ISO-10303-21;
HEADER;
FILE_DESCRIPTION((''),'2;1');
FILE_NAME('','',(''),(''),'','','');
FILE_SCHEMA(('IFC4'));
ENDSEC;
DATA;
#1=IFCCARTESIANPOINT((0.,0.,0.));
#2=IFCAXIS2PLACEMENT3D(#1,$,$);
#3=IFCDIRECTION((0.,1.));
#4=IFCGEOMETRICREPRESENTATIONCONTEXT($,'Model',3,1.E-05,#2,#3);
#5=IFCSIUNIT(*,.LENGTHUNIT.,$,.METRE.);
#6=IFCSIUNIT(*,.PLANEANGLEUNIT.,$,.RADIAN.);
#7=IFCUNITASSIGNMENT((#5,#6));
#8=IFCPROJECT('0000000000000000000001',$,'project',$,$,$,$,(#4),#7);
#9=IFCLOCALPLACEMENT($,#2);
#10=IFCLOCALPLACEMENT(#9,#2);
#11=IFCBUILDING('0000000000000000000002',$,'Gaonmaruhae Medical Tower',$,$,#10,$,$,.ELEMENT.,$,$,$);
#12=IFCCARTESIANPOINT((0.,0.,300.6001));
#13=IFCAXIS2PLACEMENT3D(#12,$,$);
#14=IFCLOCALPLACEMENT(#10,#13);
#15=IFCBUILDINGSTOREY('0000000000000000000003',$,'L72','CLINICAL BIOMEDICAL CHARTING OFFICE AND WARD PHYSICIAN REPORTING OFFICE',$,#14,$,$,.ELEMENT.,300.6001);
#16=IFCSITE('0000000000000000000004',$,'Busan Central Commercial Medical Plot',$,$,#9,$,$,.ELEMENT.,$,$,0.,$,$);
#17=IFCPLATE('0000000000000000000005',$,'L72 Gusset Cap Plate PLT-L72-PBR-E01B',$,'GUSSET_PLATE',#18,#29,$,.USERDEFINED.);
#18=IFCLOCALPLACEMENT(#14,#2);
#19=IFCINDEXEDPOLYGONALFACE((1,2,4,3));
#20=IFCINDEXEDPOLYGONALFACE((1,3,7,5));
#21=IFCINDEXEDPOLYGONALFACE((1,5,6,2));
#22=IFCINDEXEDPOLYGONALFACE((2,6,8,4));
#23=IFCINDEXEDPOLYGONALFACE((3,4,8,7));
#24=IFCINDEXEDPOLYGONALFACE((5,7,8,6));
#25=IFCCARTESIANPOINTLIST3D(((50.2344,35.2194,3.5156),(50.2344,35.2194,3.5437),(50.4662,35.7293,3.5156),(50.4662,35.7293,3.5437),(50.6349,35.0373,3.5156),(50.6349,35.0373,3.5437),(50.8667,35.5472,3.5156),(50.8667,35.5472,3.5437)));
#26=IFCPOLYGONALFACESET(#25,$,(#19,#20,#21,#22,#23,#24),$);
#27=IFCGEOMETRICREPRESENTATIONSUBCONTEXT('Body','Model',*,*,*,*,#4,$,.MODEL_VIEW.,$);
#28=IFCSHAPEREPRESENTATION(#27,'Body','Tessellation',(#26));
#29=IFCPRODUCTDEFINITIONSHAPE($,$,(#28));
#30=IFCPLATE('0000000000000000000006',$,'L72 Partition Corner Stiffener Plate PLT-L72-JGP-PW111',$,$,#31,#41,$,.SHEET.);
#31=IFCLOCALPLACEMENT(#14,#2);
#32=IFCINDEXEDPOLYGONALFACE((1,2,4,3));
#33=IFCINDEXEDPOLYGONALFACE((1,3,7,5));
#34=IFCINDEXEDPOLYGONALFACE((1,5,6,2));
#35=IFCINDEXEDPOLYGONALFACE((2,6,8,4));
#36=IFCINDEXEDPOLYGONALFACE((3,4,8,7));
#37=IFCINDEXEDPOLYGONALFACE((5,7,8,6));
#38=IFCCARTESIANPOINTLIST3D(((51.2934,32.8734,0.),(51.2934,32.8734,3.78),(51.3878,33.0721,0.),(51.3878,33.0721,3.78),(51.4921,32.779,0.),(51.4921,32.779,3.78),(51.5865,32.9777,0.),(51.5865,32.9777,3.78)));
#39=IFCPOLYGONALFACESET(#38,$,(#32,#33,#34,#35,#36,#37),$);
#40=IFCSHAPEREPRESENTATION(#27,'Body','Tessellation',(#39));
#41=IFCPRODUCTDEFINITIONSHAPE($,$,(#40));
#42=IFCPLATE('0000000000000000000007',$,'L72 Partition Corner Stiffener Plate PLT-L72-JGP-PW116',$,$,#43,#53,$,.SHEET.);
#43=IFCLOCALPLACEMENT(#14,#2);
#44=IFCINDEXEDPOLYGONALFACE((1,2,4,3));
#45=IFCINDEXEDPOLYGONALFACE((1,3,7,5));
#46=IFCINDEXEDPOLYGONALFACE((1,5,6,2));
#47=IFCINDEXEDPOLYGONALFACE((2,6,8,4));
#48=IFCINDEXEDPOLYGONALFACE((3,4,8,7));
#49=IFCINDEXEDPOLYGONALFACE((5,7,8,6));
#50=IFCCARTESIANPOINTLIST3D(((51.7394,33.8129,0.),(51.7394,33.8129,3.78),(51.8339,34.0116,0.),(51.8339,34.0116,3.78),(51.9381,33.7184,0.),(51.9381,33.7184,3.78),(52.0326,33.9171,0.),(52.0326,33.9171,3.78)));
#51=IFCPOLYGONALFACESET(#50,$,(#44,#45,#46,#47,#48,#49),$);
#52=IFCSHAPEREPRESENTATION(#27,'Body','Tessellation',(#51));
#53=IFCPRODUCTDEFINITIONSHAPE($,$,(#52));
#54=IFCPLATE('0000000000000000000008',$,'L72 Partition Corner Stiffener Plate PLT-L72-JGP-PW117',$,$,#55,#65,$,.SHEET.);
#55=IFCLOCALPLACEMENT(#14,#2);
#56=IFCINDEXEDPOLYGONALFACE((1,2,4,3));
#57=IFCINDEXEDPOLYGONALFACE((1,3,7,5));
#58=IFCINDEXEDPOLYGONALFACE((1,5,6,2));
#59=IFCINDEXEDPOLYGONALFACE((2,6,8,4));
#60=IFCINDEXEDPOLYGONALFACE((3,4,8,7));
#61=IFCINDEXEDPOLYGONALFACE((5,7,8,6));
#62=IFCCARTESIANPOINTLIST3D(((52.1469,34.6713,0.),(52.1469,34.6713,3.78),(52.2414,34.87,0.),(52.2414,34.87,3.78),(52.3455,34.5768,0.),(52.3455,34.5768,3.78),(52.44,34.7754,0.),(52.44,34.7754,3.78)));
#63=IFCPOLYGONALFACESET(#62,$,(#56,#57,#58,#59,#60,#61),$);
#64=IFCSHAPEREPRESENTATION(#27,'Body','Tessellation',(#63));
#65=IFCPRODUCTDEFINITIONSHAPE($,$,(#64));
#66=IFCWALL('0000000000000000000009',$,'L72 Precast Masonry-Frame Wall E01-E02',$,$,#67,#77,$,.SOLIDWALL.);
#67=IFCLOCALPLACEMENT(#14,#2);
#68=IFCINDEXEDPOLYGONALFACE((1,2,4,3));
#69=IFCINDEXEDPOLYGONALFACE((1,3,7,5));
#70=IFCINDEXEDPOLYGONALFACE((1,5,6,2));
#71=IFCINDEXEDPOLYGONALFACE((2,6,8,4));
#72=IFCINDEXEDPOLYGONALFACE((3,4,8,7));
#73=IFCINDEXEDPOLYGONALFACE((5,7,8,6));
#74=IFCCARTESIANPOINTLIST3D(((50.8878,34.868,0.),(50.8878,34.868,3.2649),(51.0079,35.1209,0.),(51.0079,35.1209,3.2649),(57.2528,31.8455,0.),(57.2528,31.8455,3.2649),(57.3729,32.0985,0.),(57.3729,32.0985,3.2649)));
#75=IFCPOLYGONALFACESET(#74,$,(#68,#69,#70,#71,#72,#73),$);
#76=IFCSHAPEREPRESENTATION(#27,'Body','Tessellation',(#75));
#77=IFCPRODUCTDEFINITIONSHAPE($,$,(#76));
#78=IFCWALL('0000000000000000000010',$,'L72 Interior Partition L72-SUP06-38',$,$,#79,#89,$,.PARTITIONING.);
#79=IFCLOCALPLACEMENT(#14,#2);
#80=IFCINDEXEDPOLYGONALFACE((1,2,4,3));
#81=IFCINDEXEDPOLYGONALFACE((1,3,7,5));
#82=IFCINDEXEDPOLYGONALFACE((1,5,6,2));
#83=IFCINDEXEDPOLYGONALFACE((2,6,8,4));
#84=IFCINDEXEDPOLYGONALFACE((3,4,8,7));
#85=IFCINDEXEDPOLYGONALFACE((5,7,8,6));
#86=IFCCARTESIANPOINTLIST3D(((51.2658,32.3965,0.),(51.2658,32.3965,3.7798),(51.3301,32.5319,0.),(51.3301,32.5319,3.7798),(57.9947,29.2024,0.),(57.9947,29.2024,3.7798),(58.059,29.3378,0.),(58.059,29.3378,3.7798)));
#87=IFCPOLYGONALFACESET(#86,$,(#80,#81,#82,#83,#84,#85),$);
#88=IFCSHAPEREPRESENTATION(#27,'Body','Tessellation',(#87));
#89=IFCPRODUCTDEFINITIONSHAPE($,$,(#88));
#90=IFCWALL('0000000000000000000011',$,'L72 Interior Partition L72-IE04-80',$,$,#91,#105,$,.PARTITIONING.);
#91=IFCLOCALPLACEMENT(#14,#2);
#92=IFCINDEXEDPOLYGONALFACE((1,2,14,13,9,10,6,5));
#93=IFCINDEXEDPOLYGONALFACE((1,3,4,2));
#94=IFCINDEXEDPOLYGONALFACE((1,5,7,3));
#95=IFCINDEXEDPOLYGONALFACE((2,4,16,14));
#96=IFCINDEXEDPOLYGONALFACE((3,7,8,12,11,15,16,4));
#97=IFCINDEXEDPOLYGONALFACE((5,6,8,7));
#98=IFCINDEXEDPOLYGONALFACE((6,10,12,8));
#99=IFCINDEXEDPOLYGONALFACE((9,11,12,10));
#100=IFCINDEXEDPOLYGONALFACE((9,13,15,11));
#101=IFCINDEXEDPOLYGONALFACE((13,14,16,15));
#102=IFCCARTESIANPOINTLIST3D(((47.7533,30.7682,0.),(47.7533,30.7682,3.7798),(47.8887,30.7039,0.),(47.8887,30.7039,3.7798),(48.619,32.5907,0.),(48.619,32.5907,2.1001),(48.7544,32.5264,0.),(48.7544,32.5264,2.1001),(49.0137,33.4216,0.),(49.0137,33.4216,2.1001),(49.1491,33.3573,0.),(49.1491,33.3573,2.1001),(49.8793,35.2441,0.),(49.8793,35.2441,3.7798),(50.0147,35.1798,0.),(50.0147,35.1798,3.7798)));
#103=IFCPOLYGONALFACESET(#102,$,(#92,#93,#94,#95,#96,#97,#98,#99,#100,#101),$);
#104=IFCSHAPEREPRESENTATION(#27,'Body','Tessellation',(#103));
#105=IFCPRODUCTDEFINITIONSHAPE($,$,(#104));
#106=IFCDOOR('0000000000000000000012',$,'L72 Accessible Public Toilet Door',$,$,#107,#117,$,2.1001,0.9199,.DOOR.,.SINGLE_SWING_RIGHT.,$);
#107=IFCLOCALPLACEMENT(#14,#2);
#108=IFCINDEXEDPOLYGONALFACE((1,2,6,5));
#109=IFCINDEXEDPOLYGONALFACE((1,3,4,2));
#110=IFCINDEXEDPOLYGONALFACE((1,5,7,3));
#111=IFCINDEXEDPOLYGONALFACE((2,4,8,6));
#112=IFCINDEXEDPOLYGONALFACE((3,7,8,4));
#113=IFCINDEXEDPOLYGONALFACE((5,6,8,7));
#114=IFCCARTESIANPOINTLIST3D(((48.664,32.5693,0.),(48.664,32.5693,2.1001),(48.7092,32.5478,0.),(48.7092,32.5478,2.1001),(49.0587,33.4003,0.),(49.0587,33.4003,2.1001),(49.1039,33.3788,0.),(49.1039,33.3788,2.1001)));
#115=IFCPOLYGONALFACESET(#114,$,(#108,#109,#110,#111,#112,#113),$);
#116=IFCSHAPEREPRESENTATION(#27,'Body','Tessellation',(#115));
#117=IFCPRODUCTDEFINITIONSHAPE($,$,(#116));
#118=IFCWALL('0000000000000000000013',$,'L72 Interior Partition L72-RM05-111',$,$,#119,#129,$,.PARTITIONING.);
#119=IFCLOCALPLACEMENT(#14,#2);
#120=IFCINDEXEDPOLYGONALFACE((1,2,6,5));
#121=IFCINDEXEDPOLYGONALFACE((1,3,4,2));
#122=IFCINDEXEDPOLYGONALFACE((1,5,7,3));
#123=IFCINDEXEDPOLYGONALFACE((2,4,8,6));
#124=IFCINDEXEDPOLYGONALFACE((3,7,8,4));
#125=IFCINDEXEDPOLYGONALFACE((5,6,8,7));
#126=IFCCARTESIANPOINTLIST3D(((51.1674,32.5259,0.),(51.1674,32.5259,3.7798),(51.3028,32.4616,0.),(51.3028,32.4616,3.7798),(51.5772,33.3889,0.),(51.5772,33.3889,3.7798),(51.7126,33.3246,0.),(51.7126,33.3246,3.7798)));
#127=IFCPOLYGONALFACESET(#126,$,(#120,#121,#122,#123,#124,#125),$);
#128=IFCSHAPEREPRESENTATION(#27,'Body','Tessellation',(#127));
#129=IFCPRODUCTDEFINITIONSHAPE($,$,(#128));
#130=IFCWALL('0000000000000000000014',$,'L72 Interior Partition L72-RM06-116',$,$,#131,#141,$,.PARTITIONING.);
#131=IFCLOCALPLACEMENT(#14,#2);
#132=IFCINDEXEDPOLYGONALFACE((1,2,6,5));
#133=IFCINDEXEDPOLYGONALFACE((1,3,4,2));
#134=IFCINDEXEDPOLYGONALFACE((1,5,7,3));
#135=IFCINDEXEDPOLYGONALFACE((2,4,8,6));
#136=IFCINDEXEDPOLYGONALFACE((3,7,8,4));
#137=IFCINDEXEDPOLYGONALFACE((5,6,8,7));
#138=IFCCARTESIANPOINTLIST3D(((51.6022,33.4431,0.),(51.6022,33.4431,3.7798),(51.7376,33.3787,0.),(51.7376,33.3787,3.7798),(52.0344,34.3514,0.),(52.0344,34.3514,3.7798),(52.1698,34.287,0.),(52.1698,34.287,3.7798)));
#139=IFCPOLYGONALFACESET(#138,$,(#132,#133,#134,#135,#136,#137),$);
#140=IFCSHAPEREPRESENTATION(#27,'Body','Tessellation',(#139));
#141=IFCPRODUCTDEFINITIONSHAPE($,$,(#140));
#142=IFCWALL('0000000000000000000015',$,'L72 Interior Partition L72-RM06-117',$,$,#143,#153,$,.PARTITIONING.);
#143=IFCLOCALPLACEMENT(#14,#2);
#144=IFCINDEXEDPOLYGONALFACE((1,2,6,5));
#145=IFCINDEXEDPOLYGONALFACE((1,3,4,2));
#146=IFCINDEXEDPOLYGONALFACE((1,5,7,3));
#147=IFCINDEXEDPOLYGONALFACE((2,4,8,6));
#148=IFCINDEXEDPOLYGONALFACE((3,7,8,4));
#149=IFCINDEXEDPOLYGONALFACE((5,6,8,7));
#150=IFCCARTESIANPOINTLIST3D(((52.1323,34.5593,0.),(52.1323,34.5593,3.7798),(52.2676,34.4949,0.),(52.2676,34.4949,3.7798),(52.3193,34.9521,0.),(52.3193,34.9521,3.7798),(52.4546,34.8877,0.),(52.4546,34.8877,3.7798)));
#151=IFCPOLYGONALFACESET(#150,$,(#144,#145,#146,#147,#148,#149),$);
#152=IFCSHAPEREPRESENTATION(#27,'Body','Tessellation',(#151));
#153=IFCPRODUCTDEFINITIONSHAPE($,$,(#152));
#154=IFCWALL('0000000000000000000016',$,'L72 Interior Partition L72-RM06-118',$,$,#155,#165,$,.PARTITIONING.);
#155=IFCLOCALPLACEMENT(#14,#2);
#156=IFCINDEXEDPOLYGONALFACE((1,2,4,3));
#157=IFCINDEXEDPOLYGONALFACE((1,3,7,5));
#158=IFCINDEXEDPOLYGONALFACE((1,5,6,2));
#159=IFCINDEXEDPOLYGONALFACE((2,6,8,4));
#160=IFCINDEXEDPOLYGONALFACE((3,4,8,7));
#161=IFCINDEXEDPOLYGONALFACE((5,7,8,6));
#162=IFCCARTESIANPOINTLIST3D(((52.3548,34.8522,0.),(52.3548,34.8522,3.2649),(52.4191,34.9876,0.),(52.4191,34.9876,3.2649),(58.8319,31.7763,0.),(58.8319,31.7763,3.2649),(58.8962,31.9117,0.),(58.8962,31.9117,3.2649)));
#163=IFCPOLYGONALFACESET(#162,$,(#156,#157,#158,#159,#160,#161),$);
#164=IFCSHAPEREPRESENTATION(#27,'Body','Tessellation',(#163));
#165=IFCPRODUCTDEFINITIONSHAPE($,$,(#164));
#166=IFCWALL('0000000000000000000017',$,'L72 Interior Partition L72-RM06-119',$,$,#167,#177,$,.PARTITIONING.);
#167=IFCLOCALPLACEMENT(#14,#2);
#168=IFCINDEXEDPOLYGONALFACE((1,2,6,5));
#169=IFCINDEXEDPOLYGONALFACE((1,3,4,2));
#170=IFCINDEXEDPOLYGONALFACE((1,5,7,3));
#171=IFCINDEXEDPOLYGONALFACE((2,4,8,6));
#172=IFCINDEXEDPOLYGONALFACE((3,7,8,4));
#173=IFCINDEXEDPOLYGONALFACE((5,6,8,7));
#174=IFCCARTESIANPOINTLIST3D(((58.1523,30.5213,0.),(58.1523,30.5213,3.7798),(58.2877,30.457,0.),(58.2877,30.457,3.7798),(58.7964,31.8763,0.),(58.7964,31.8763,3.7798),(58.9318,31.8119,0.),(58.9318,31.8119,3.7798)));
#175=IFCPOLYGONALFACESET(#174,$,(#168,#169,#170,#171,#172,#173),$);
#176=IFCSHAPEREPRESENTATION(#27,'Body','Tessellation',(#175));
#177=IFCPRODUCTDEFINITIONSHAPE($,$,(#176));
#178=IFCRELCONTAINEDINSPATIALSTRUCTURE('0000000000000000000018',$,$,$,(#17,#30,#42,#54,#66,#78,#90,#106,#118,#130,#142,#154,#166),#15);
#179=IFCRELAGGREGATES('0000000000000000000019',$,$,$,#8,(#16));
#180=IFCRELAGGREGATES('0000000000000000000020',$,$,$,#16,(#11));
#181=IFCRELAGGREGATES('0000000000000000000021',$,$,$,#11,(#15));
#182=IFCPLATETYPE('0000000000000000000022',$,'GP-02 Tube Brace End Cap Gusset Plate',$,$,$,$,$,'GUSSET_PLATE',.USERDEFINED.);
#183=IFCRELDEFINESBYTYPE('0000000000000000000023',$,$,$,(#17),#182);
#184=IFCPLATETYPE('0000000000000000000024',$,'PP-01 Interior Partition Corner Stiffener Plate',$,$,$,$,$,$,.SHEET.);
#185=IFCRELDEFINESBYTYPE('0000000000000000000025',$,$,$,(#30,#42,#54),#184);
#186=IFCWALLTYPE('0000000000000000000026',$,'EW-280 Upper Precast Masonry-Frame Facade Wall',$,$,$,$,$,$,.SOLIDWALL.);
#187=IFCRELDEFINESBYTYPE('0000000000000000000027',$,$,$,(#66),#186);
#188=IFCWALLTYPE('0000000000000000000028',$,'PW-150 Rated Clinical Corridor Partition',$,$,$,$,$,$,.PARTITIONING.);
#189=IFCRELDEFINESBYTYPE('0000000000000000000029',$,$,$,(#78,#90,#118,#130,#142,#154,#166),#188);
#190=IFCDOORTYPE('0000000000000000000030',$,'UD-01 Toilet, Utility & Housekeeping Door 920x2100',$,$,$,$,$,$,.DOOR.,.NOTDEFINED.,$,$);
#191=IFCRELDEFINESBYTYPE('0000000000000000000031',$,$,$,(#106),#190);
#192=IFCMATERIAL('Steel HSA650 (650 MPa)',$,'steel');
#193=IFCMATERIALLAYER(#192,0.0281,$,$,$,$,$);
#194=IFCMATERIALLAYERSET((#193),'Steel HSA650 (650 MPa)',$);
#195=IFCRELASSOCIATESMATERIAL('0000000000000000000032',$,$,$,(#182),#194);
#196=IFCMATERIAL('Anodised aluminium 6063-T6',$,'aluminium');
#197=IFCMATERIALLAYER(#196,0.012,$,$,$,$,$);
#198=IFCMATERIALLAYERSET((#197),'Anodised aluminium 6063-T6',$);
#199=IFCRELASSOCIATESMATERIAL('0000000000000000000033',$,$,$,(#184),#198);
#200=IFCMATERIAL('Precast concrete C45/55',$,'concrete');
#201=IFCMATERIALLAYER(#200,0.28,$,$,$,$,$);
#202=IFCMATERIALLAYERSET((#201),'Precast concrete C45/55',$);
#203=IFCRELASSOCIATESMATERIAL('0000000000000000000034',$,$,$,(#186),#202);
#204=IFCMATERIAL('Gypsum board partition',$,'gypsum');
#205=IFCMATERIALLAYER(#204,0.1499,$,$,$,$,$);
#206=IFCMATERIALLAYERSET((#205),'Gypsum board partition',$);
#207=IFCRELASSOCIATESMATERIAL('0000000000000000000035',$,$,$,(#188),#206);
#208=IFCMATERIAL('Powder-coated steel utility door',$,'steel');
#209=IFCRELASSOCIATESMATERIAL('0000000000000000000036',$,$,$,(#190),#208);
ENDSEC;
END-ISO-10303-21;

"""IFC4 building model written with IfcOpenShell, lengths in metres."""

from ifc_helpers import new_model, si_unit, direction, frame, frame_2d, origin, origin_2d, place, context, subcontext, project, spatial, rectangle, extrude, material, layer, layer_set, type_object, element, fill, save


model = new_model("IFC4")

# Units and contexts
model_context = context("Model", 3, precision=1e-05, world=origin(), true_north=direction((0.0, 1.0)))
body_context = subcontext(model_context, "Body", "Model", "MODEL_VIEW")
ifc_project = project(units=[si_unit("LENGTHUNIT", "METRE"), si_unit("PLANEANGLEUNIT", "RADIAN")], contexts=[model_context])

# Site, building, storey
site_placement = place(None, origin())
site = spatial("IfcSite", under=ifc_project, at=site_placement, Name="Busan Central Commercial Medical Plot", CompositionType="ELEMENT", RefElevation=0.0)
building_placement = place(site_placement, origin())
building = spatial("IfcBuilding", under=site, at=building_placement, Name="Gaonmaruhae Medical Tower", CompositionType="ELEMENT")
storey_placement = place(building_placement, frame((0.0, 0.0, 300.6001)))
storey = spatial("IfcBuildingStorey", under=building, at=storey_placement, Name="L72", Description="CLINICAL BIOMEDICAL CHARTING OFFICE AND WARD PHYSICIAN REPORTING OFFICE", CompositionType="ELEMENT", Elevation=300.6001)

# Plates
ifc_material_1 = material(Name="Steel HSA650 (650 MPa)", Category="steel")
ifc_layer_1 = layer(ifc_material_1, 0.0281)
ifc_layer_set_1 = layer_set([ifc_layer_1], Name="Steel HSA650 (650 MPa)")
plate_type_1 = type_object("IfcPlateType", Name="GP-02 Tube Brace End Cap Gusset Plate", ElementType="GUSSET_PLATE", PredefinedType="USERDEFINED", material=ifc_layer_set_1)
for number, where, z_axis, x_axis, name in (
    (1, (50.5505, 35.3833, 3.5156), (0.0, 0.0, 1.0), (0.413899, 0.910323, 0.0), "L72 Gusset Cap Plate PLT-L72-PBR-E01B"),
):
    element("IfcPlate", number, at=place(storey_placement, frame(where, z_axis=z_axis, x_axis=x_axis)), inside=storey, type_object=plate_type_1, Name=name, ObjectType="GUSSET_PLATE", PredefinedType="USERDEFINED", context=body_context, shape_type="SweptSolid", body=[
        extrude(rectangle(XDim=0.5601, YDim=0.4399, at=origin_2d()), origin(), (0.0, 0.0, 1.0), 0.0281),
    ])
ifc_material_2 = material(Name="Anodised aluminium 6063-T6", Category="aluminium")
ifc_layer_2 = layer(ifc_material_2, 0.012)
ifc_layer_set_2 = layer_set([ifc_layer_2], Name="Anodised aluminium 6063-T6")
plate_type_2 = type_object("IfcPlateType", Name="PP-01 Interior Partition Corner Stiffener Plate", PredefinedType="SHEET", material=ifc_layer_set_2)
for number, where, z_axis, x_axis, name in (
    (2, (51.4399, 32.9255, 0.0), (0.0, 0.0, 1.0), (0.429124, 0.903245, 0.0), "L72 Partition Corner Stiffener Plate PLT-L72-JGP-PW111"),
    (3, (51.886, 33.865, 0.0), (0.0, 0.0, 1.0), (0.429629, 0.903006, 0.0), "L72 Partition Corner Stiffener Plate PLT-L72-JGP-PW116"),
    (4, (52.2935, 34.7234, 0.0), (0.0, 0.0, 1.0), (0.42966, 0.902991, 0.0), "L72 Partition Corner Stiffener Plate PLT-L72-JGP-PW117"),
):
    element("IfcPlate", number, at=place(storey_placement, frame(where, z_axis=z_axis, x_axis=x_axis)), inside=storey, type_object=plate_type_2, Name=name, PredefinedType="SHEET", context=body_context, shape_type="SweptSolid", body=[
        extrude(rectangle(XDim=0.22, YDim=0.22, at=origin_2d()), origin(), (0.0, 0.0, 1.0), 3.78),
    ])

# Walls
ifc_material_3 = material(Name="Precast concrete C45/55", Category="concrete")
ifc_layer_3 = layer(ifc_material_3, 0.28)
ifc_layer_set_3 = layer_set([ifc_layer_3], Name="Precast concrete C45/55")
wall_type_1 = type_object("IfcWallType", Name="EW-280 Upper Precast Masonry-Frame Facade Wall", PredefinedType="SOLIDWALL", material=ifc_layer_set_3)
wall_1_placement = place(storey_placement, frame((50.948, 34.9944, 0.0), z_axis=(0.0, 0.0, 1.0), x_axis=(0.903328, -0.428952, 0.0)))
element("IfcWall", 5, at=wall_1_placement, inside=storey, type_object=wall_type_1, Name="L72 Precast Masonry-Frame Wall E01-E02", PredefinedType="SOLIDWALL", context=body_context, shape_type="SweptSolid", body=[
    extrude(rectangle(XDim=7.0461, YDim=0.28, at=frame_2d((3.5229, 0.0))), origin(), (0.0, 0.0, 1.0), 3.2649),
])
ifc_material_4 = material(Name="Gypsum board partition", Category="gypsum")
ifc_layer_4 = layer(ifc_material_4, 0.1499)
ifc_layer_set_4 = layer_set([ifc_layer_4], Name="Gypsum board partition")
wall_type_2 = type_object("IfcWallType", Name="PW-150 Rated Clinical Corridor Partition", PredefinedType="PARTITIONING", material=ifc_layer_set_4)
wall_2_placement = place(storey_placement, frame((51.2981, 32.4641, 0.0), z_axis=(0.0, 0.0, 1.0), x_axis=(0.903391, -0.428817, 0.0)))
element("IfcWall", 6, at=wall_2_placement, inside=storey, type_object=wall_type_2, Name="L72 Interior Partition L72-SUP06-38", PredefinedType="PARTITIONING", context=body_context, shape_type="SweptSolid", body=[
    extrude(rectangle(XDim=7.4485, YDim=0.1499, at=frame_2d((3.7241, 0.0))), origin(), (0.0, 0.0, 1.0), 3.7798),
])

# Wall, opening, door
wall_3_placement = place(storey_placement, frame((49.947, 35.2119, 0.0), z_axis=(0.0, 0.0, 1.0), x_axis=(-0.42905, -0.903281, 0.0)))
wall_3 = element("IfcWall", 7, at=wall_3_placement, inside=storey, type_object=wall_type_2, Name="L72 Interior Partition L72-IE04-80", PredefinedType="PARTITIONING", context=body_context, shape_type="SweptSolid", body=[
    extrude(rectangle(XDim=4.9551, YDim=0.1499, at=frame_2d((2.4775, 0.0))), origin(), (0.0, 0.0, 1.0), 3.7798),
])
opening_placement = place(wall_3_placement, frame((2.0176, 0.0, 0.0)))
opening = element("IfcOpeningElement", 8, at=opening_placement, cuts=wall_3, PredefinedType="OPENING", context=body_context, shape_type="SweptSolid", body=[
    extrude(rectangle(XDim=0.9199, YDim=2.1001, at=frame_2d((0.46, 1.05))), frame((0.0, 0.085, 0.0), z_axis=(0.0, -1.0, 0.0), x_axis=(1.0, 0.0, 0.0)), (0.0, 0.0, 1.0), 0.1699),
])
ifc_material_5 = material(Name="Powder-coated steel utility door", Category="steel")
door_type = type_object("IfcDoorType", Name="UD-01 Toilet, Utility & Housekeeping Door 920x2100", OperationType="NOTDEFINED", PredefinedType="DOOR", material=ifc_material_5)
door_placement = place(opening_placement, origin())
door = element("IfcDoor", 9, at=door_placement, inside=storey, type_object=door_type, Name="L72 Accessible Public Toilet Door", OperationType="SINGLE_SWING_RIGHT", OverallHeight=2.1001, OverallWidth=0.9199, PredefinedType="DOOR", context=body_context, shape_type="SweptSolid", body=[
    extrude(rectangle(XDim=0.9199, YDim=2.1001, at=frame_2d((0.46, 1.05))), frame((0.0, 0.0249, 0.0), z_axis=(0.0, -1.0, 0.0), x_axis=(1.0, 0.0, 0.0)), (0.0, 0.0, 1.0), 0.05),
])
fill(opening, door)

# Walls
wall_4_placement = place(storey_placement, frame((51.2351, 32.4939, 0.0), z_axis=(0.0, 0.0, 1.0), x_axis=(0.429031, 0.90329, 0.0)))
element("IfcWall", 10, at=wall_4_placement, inside=storey, type_object=wall_type_2, Name="L72 Interior Partition L72-RM05-111", PredefinedType="PARTITIONING", context=body_context, shape_type="SweptSolid", body=[
    extrude(rectangle(XDim=0.9553, YDim=0.1499, at=frame_2d((0.4775, 0.0))), origin(), (0.0, 0.0, 1.0), 3.7798),
])
wall_5_placement = place(storey_placement, frame((51.6699, 33.4109, 0.0), z_axis=(0.0, 0.0, 1.0), x_axis=(0.429651, 0.902995, 0.0)))
element("IfcWall", 11, at=wall_5_placement, inside=storey, type_object=wall_type_2, Name="L72 Interior Partition L72-RM06-116", PredefinedType="PARTITIONING", context=body_context, shape_type="SweptSolid", body=[
    extrude(rectangle(XDim=1.0059, YDim=0.1499, at=frame_2d((0.5029, 0.0))), origin(), (0.0, 0.0, 1.0), 3.7798),
])
wall_6_placement = place(storey_placement, frame((52.2, 34.5271, 0.0), z_axis=(0.0, 0.0, 1.0), x_axis=(0.429846, 0.902902, 0.0)))
element("IfcWall", 12, at=wall_6_placement, inside=storey, type_object=wall_type_2, Name="L72 Interior Partition L72-RM06-117", PredefinedType="PARTITIONING", context=body_context, shape_type="SweptSolid", body=[
    extrude(rectangle(XDim=0.4351, YDim=0.1499, at=frame_2d((0.2175, 0.0))), origin(), (0.0, 0.0, 1.0), 3.7798),
])
wall_7_placement = place(storey_placement, frame((52.387, 34.9199, 0.0), z_axis=(0.0, 0.0, 1.0), x_axis=(0.903314, -0.42898, 0.0)))
element("IfcWall", 13, at=wall_7_placement, inside=storey, type_object=wall_type_2, Name="L72 Interior Partition L72-RM06-118", PredefinedType="PARTITIONING", context=body_context, shape_type="SweptSolid", body=[
    extrude(rectangle(XDim=7.1704, YDim=0.1499, at=frame_2d((3.5852, 0.0))), origin(), (0.0, 0.0, 1.0), 3.2649),
])
wall_8_placement = place(storey_placement, frame((58.864, 31.844, 0.0), z_axis=(0.0, 0.0, 1.0), x_axis=(-0.429289, -0.903167, 0.0)))
element("IfcWall", 14, at=wall_8_placement, inside=storey, type_object=wall_type_2, Name="L72 Interior Partition L72-RM06-119", PredefinedType="PARTITIONING", context=body_context, shape_type="SweptSolid", body=[
    extrude(rectangle(XDim=1.5002, YDim=0.1499, at=frame_2d((0.75, 0.0))), origin(), (0.0, 0.0, 1.0), 3.7798),
])

save(model, "model.ifc")
